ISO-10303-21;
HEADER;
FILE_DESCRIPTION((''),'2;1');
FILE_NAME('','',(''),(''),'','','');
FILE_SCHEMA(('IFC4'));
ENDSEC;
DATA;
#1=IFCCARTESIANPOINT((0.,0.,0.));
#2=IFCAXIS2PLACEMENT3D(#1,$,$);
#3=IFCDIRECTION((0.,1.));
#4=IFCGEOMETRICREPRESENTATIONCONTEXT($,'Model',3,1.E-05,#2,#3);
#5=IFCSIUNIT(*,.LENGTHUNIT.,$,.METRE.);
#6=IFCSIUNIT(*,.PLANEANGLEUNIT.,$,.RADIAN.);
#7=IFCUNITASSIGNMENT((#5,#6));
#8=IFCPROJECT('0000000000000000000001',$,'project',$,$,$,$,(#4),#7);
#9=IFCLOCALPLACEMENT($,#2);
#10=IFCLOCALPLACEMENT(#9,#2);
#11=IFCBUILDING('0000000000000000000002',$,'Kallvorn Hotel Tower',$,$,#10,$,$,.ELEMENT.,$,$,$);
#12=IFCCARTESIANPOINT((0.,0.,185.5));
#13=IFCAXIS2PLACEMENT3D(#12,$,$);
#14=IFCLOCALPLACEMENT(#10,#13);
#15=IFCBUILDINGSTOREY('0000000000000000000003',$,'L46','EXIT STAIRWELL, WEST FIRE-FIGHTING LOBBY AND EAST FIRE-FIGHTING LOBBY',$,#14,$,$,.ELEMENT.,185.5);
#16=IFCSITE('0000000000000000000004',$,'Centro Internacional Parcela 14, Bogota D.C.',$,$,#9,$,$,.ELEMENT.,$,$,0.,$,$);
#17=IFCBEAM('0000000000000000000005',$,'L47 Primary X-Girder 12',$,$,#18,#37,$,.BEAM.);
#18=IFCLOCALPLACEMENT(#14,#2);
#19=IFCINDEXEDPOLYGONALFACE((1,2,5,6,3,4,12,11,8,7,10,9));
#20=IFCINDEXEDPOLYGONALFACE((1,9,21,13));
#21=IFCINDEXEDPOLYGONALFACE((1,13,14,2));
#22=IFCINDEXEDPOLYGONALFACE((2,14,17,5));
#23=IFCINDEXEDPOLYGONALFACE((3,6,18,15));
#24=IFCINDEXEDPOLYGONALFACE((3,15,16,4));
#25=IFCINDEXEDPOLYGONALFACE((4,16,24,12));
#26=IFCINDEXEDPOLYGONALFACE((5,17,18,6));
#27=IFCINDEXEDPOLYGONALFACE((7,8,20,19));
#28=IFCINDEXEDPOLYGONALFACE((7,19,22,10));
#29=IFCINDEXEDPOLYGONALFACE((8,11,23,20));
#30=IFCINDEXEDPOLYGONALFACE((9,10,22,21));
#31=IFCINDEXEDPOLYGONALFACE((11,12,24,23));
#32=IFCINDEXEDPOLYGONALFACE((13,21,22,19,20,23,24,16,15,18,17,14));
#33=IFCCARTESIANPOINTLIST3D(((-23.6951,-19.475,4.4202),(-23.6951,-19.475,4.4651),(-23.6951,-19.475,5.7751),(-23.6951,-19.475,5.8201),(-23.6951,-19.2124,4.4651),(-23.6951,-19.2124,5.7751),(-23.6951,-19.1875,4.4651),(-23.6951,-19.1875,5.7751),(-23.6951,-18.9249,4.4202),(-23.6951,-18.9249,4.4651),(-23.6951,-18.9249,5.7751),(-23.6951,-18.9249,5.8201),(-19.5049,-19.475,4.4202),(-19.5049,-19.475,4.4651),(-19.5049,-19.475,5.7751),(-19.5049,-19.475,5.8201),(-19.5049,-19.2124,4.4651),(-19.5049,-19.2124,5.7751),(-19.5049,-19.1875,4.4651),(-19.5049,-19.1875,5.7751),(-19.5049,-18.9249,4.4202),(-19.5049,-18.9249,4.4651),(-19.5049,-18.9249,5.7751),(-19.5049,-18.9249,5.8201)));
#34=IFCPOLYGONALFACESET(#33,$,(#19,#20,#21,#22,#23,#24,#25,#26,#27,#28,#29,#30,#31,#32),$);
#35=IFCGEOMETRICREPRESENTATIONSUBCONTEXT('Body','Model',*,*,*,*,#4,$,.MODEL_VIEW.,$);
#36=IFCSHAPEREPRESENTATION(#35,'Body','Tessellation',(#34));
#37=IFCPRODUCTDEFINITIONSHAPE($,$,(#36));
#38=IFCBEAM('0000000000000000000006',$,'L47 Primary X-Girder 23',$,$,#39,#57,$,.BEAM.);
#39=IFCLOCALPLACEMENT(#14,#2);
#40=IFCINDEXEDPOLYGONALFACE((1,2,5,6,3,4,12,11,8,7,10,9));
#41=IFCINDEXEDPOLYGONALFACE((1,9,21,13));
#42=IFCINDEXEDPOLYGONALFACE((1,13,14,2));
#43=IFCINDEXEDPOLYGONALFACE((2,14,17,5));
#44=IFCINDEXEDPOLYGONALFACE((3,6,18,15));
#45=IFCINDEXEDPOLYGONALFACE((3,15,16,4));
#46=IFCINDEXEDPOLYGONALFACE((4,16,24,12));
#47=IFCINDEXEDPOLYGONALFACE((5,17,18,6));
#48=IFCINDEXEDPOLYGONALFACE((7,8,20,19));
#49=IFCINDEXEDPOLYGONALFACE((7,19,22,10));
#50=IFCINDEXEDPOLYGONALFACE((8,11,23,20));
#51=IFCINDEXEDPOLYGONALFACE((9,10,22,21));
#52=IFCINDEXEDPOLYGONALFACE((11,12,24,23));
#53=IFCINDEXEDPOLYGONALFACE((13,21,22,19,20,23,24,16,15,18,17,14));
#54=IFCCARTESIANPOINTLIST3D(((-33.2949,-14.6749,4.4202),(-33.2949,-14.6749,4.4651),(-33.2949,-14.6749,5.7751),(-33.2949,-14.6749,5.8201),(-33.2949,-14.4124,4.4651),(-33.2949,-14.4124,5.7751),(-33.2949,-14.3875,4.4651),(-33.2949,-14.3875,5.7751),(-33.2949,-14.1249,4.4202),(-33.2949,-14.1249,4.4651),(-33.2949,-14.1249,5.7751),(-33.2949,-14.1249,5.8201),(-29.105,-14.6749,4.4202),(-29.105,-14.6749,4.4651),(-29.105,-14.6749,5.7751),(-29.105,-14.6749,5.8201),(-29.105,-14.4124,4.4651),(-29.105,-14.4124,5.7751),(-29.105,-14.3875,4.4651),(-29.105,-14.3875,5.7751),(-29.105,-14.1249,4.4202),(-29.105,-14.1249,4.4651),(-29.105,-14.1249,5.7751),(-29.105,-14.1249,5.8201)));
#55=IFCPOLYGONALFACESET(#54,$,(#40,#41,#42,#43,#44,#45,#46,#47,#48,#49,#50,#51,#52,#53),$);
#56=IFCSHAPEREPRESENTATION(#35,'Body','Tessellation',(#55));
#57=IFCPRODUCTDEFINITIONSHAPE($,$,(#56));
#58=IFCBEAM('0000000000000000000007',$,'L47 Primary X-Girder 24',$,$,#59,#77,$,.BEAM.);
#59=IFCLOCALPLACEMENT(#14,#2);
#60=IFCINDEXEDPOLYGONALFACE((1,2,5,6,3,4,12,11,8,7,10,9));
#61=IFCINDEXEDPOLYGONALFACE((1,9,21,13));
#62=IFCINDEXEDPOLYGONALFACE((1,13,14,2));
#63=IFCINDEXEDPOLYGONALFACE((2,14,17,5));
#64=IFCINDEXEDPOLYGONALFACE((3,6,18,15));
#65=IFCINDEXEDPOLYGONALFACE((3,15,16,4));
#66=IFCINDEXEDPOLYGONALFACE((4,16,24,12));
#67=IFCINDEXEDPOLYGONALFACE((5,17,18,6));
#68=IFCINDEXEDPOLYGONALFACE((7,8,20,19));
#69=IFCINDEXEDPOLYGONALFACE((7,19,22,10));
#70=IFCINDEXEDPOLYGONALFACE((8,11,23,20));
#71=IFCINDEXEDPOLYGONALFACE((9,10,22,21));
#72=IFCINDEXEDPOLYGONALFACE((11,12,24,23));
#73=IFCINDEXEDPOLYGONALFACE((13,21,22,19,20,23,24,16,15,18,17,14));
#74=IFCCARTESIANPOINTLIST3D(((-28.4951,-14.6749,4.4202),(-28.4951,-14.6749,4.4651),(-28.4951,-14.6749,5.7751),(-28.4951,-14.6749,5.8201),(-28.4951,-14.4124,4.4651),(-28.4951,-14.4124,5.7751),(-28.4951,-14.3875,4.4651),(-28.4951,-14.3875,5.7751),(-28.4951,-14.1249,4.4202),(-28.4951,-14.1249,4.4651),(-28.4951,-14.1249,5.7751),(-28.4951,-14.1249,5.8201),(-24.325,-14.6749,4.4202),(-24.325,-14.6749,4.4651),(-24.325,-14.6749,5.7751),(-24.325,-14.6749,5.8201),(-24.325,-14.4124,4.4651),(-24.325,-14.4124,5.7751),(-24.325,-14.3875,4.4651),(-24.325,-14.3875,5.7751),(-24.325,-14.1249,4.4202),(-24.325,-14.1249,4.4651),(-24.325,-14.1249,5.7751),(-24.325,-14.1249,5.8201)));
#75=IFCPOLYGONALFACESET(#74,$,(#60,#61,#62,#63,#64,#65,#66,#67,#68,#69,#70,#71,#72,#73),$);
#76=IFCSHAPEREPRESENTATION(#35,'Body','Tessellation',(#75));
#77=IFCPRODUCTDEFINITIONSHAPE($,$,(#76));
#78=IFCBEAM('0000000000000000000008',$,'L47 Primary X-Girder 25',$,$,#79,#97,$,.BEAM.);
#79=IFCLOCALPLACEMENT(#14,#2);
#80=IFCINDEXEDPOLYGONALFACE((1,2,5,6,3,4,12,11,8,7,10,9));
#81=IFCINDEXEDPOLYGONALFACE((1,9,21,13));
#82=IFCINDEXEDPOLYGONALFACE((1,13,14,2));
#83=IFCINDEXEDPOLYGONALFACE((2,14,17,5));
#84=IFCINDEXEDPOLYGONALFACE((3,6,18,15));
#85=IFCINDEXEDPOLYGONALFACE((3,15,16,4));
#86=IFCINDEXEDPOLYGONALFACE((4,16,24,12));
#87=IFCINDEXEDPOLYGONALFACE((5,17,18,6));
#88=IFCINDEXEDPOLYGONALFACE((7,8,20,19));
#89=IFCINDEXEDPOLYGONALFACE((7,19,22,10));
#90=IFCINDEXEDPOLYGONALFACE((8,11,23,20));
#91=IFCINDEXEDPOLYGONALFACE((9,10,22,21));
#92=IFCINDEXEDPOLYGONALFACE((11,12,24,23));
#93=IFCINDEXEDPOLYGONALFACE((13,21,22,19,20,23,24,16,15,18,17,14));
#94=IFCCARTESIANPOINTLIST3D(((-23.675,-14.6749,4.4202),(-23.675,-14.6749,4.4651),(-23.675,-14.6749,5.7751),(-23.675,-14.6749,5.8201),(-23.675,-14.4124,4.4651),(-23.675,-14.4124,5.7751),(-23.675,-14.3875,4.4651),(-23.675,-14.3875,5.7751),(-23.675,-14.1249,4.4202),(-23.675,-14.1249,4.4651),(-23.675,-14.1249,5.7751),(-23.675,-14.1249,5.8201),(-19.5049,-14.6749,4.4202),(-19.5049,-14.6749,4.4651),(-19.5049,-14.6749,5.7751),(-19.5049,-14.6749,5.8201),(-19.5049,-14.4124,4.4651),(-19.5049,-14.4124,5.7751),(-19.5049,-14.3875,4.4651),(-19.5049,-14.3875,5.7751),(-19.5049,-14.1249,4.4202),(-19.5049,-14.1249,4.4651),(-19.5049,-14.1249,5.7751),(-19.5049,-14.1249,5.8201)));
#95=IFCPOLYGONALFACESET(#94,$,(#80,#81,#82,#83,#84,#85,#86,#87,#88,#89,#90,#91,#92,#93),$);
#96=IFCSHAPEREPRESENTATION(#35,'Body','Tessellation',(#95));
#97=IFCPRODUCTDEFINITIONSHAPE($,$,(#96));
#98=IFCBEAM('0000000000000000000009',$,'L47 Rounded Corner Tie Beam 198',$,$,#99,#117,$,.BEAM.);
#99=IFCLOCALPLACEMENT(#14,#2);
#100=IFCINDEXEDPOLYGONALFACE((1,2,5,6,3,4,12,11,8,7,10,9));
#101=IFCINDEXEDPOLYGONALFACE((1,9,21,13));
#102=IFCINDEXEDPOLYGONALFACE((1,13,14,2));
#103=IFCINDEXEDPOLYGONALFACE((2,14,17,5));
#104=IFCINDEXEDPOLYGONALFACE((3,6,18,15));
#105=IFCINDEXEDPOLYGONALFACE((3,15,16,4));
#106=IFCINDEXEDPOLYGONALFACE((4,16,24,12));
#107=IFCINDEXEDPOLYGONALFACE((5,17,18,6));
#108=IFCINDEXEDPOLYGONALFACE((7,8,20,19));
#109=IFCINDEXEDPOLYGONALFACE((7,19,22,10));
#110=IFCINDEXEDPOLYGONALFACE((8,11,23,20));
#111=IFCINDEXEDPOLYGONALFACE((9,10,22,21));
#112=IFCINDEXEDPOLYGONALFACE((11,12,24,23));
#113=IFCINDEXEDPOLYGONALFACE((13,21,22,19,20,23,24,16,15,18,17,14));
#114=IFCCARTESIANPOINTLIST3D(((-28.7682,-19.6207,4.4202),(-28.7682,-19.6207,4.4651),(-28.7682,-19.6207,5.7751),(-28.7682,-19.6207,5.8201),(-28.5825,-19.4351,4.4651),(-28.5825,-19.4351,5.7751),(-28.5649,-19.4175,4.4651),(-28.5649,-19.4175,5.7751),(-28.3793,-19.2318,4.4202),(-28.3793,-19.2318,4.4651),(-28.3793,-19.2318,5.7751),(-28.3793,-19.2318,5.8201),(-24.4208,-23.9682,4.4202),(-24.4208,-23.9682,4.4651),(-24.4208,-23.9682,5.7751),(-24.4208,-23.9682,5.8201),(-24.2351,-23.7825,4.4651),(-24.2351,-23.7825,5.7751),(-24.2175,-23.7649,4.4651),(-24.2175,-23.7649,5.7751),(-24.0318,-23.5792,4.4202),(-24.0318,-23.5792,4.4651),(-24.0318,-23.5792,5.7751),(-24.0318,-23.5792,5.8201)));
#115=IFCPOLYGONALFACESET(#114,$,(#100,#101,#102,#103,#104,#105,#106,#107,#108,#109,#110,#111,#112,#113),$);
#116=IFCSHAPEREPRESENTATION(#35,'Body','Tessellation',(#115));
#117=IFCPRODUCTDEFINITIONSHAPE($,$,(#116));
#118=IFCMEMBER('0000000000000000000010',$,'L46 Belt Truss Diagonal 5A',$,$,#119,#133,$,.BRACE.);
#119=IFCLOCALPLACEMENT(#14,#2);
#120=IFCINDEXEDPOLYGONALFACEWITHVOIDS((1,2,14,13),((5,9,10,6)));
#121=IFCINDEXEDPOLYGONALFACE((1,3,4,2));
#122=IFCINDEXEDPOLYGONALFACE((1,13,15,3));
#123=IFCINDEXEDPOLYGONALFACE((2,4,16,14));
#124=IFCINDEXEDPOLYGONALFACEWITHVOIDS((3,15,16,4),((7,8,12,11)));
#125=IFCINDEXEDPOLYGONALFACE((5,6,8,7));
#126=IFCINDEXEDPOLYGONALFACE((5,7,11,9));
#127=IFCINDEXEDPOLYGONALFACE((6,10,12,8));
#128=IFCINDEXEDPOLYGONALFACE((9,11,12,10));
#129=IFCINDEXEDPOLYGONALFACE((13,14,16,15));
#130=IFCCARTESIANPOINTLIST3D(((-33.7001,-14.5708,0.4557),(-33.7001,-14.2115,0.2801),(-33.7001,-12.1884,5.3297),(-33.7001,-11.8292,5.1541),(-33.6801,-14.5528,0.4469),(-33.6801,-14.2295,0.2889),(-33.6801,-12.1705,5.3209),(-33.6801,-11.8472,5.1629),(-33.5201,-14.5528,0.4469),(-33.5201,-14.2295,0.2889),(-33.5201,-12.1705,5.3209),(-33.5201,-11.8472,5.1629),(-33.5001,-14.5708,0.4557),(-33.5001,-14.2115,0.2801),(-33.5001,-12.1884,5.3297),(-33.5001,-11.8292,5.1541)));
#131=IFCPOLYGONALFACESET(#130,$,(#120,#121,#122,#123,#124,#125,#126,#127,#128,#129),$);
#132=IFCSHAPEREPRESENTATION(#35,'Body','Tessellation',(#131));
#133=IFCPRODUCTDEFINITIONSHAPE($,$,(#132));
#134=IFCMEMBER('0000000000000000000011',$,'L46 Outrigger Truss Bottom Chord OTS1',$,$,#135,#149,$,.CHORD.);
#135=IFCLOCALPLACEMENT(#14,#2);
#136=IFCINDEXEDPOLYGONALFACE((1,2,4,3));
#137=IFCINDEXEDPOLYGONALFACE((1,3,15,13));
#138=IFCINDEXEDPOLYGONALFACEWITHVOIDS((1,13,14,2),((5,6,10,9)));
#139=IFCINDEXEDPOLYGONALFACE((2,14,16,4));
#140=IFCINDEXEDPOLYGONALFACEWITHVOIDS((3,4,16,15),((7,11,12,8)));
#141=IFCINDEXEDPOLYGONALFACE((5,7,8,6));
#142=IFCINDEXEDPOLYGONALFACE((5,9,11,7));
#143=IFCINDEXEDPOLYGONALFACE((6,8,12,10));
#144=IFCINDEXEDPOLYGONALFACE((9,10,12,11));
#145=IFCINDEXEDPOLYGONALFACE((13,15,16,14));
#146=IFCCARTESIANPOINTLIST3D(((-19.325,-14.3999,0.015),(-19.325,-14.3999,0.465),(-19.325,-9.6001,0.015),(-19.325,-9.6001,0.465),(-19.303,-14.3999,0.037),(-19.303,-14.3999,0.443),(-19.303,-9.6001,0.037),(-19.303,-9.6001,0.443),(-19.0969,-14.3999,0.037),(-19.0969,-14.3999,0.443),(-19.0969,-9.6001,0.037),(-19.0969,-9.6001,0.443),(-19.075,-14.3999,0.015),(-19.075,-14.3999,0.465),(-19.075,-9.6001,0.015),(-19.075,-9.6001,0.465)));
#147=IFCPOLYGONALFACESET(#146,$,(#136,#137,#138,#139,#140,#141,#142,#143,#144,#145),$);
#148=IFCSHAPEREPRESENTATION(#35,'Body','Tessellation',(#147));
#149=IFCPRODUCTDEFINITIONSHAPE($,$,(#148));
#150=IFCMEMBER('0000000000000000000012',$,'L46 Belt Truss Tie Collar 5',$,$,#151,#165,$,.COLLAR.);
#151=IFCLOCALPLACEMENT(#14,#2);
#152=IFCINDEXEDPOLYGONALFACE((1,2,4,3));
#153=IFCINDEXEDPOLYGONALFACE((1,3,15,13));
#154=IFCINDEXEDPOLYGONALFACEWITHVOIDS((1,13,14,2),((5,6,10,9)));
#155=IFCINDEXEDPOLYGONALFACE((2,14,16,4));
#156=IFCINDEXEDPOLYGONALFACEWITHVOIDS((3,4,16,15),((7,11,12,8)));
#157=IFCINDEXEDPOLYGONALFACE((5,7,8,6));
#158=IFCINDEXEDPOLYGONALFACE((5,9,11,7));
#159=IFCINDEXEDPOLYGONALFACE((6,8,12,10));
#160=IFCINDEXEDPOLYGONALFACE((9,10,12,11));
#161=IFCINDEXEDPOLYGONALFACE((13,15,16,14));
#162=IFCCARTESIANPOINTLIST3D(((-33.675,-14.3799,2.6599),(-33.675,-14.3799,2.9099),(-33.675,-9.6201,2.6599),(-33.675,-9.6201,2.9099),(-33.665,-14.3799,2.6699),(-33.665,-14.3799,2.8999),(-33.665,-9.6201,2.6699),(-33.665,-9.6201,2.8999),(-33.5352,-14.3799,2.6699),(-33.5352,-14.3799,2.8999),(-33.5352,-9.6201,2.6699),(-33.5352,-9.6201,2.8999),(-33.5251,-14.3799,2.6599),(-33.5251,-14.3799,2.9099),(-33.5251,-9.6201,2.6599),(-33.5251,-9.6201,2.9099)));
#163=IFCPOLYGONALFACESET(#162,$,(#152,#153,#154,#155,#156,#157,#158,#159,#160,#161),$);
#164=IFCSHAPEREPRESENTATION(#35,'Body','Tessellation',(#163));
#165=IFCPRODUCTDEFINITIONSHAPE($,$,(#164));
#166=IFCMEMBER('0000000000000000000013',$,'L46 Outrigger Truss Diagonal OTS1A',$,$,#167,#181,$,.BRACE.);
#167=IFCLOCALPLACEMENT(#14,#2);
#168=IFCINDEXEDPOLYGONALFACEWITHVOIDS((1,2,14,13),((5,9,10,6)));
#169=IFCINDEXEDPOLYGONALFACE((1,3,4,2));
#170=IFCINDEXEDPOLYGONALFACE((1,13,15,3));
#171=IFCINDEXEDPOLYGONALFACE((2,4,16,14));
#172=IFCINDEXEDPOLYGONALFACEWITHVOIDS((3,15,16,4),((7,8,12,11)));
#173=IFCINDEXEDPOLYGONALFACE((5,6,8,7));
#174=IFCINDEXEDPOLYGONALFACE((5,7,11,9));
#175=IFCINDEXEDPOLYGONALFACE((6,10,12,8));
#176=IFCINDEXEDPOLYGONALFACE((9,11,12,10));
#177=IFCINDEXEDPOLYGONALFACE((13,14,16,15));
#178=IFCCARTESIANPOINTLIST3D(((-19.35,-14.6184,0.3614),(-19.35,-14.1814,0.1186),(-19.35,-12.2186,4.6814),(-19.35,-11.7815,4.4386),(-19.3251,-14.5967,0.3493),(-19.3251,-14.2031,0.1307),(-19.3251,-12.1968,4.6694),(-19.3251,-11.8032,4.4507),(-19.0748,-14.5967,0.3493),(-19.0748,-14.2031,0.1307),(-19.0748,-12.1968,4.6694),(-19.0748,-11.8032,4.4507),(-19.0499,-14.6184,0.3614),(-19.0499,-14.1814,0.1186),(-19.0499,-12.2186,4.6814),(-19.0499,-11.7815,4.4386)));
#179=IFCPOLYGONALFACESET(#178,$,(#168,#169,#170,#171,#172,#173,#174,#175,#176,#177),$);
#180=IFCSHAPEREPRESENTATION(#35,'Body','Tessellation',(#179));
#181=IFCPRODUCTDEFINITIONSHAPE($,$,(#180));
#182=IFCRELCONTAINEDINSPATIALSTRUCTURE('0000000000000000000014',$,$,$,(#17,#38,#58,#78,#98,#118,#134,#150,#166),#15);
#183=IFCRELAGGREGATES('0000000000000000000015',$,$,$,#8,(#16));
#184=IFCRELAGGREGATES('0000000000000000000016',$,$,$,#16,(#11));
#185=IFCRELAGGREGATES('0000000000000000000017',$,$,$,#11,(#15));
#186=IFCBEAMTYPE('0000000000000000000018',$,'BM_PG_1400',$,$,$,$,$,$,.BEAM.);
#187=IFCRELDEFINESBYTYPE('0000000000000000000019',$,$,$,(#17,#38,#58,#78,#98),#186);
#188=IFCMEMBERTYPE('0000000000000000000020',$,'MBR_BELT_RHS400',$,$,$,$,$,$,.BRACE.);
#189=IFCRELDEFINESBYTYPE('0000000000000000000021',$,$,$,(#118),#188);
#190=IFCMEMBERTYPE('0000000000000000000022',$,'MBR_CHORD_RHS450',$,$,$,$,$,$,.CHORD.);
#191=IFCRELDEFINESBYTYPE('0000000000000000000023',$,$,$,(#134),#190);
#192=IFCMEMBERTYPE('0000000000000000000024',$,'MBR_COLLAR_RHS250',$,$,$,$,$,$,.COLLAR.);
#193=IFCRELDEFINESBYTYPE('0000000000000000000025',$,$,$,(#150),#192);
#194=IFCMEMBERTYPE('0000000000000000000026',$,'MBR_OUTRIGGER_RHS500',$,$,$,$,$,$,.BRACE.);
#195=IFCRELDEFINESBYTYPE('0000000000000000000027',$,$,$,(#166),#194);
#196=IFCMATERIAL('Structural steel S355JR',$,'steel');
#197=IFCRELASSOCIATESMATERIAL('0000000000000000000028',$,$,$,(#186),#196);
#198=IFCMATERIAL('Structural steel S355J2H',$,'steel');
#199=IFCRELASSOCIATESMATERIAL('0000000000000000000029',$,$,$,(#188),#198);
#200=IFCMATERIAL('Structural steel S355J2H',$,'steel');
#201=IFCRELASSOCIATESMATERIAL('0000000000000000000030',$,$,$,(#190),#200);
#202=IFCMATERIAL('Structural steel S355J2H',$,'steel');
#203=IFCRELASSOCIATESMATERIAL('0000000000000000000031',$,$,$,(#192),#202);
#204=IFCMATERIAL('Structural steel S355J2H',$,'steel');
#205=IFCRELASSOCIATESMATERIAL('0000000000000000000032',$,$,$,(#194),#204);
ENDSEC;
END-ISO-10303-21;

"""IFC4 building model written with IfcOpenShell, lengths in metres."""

from ifc_helpers import new_model, si_unit, direction, frame, origin, origin_2d, place, context, subcontext, project, spatial, hollow_rectangle, i_section, extrude, material, material_profile, profile_set, type_object, element, save


model = new_model("IFC4")

# Units and contexts
model_context = context("Model", 3, precision=1e-05, world=origin(), true_north=direction((0.0, 1.0)))
body_context = subcontext(model_context, "Body", "Model", "MODEL_VIEW")
ifc_project = project(units=[si_unit("LENGTHUNIT", "METRE"), si_unit("PLANEANGLEUNIT", "RADIAN")], contexts=[model_context])

# Site, building, storey
site_placement = place(None, origin())
site = spatial("IfcSite", under=ifc_project, at=site_placement, Name="Centro Internacional Parcela 14, Bogota D.C.", CompositionType="ELEMENT", RefElevation=0.0)
building_placement = place(site_placement, origin())
building = spatial("IfcBuilding", under=site, at=building_placement, Name="Kallvorn Hotel Tower", CompositionType="ELEMENT")
storey_placement = place(building_placement, frame((0.0, 0.0, 185.5)))
storey = spatial("IfcBuildingStorey", under=building, at=storey_placement, Name="L46", Description="EXIT STAIRWELL, WEST FIRE-FIGHTING LOBBY AND EAST FIRE-FIGHTING LOBBY", CompositionType="ELEMENT", Elevation=185.5)

# Beams
ifc_material_1 = material(Name="Structural steel S355JR", Category="steel")
ifc_material_profile_1 = material_profile(ifc_material_1, i_section(OverallWidth=0.55, OverallDepth=1.3999, WebThickness=0.0249, FlangeThickness=0.0449, at=origin_2d()), Name="PG 1400x550x25x45")
ifc_profile_set_1 = profile_set([ifc_material_profile_1], Name="Structural steel S355JR")
beam_type_1 = type_object("IfcBeamType", Name="BM_PG_1400", PredefinedType="BEAM", material=ifc_profile_set_1)
beam_1_placement = place(storey_placement, frame((-23.6951, -19.2, 5.1201), z_axis=(1.0, 0.0, 0.0), x_axis=(0.0, 1.0, 0.0)))
element("IfcBeam", 1, at=beam_1_placement, inside=storey, type_object=beam_type_1, Name="L47 Primary X-Girder 12", PredefinedType="BEAM", context=body_context, shape_type="SweptSolid", body=[
    extrude(i_section(OverallWidth=0.55, OverallDepth=1.3999, WebThickness=0.0249, FlangeThickness=0.0449, at=origin_2d()), origin(), (0.0, 0.0, 1.0), 4.1902),
])
beam_2_placement = place(storey_placement, frame((-33.2949, -14.3999, 5.1201), z_axis=(1.0, 0.0, 0.0), x_axis=(0.0, 1.0, 0.0)))
element("IfcBeam", 2, at=beam_2_placement, inside=storey, type_object=beam_type_1, Name="L47 Primary X-Girder 23", PredefinedType="BEAM", context=body_context, shape_type="SweptSolid", body=[
    extrude(i_section(OverallWidth=0.55, OverallDepth=1.3999, WebThickness=0.0249, FlangeThickness=0.0449, at=origin_2d()), origin(), (0.0, 0.0, 1.0), 4.1899),
])
for number, where, z_axis, x_axis, name in (
    (3, (-28.4951, -14.3999, 5.1201), (1.0, 0.0, 0.0), (0.0, 1.0, 0.0), "L47 Primary X-Girder 24"),
    (4, (-23.675, -14.3999, 5.1201), (1.0, 0.0, 0.0), (0.0, 1.0, 0.0), "L47 Primary X-Girder 25"),
):
    element("IfcBeam", number, at=place(storey_placement, frame(where, z_axis=z_axis, x_axis=x_axis)), inside=storey, type_object=beam_type_1, Name=name, PredefinedType="BEAM", context=body_context, shape_type="SweptSolid", body=[
        extrude(i_section(OverallWidth=0.55, OverallDepth=1.3999, WebThickness=0.0249, FlangeThickness=0.0449, at=origin_2d()), origin(), (0.0, 0.0, 1.0), 4.1702),
    ])
beam_3_placement = place(storey_placement, frame((-28.5737, -19.4263, 5.1201), z_axis=(0.707107, -0.707107, 0.0), x_axis=(0.707107, 0.707107, 0.0)))
element("IfcBeam", 5, at=beam_3_placement, inside=storey, type_object=beam_type_1, Name="L47 Rounded Corner Tie Beam 198", PredefinedType="BEAM", context=body_context, shape_type="SweptSolid", body=[
    extrude(i_section(OverallWidth=0.55, OverallDepth=1.3999, WebThickness=0.0249, FlangeThickness=0.0449, at=origin_2d()), origin(), (0.0, 0.0, 1.0), 6.1482),
])

# Members
ifc_material_2 = material(Name="Structural steel S355J2H", Category="steel")
ifc_material_profile_2 = material_profile(ifc_material_2, hollow_rectangle(XDim=0.2, YDim=0.3999, WallThickness=0.02, at=origin_2d()), Name="RHS 400x200x20")
ifc_profile_set_2 = profile_set([ifc_material_profile_2], Name="Structural steel S355J2H")
member_type_1 = type_object("IfcMemberType", Name="MBR_BELT_RHS400", PredefinedType="BRACE", material=ifc_profile_set_2)
member_1_placement = place(storey_placement, frame((-33.6001, -14.3911, 0.3679), z_axis=(0.0, 0.439131, 0.898423), x_axis=(-1.0, 0.0, 0.0)))
element("IfcMember", 6, at=member_1_placement, inside=storey, type_object=member_type_1, Name="L46 Belt Truss Diagonal 5A", PredefinedType="BRACE", context=body_context, shape_type="SweptSolid", body=[
    extrude(hollow_rectangle(XDim=0.2, YDim=0.3999, WallThickness=0.02, at=origin_2d()), origin(), (0.0, 0.0, 1.0), 5.425),
])
ifc_material_3 = material(Name="Structural steel S355J2H", Category="steel")
ifc_material_profile_3 = material_profile(ifc_material_3, hollow_rectangle(XDim=0.25, YDim=0.45, WallThickness=0.022, at=origin_2d()), Name="RHS 450x250x22")
ifc_profile_set_3 = profile_set([ifc_material_profile_3], Name="Structural steel S355J2H")
member_type_2 = type_object("IfcMemberType", Name="MBR_CHORD_RHS450", PredefinedType="CHORD", material=ifc_profile_set_3)
member_2_placement = place(storey_placement, frame((-19.2, -14.3999, 0.24), z_axis=(0.0, 1.0, 0.0), x_axis=(-1.0, 0.0, 0.0)))
element("IfcMember", 7, at=member_2_placement, inside=storey, type_object=member_type_2, Name="L46 Outrigger Truss Bottom Chord OTS1", PredefinedType="CHORD", context=body_context, shape_type="SweptSolid", body=[
    extrude(hollow_rectangle(XDim=0.25, YDim=0.45, WallThickness=0.022, at=origin_2d()), origin(), (0.0, 0.0, 1.0), 4.7998),
])
ifc_material_4 = material(Name="Structural steel S355J2H", Category="steel")
ifc_material_profile_4 = material_profile(ifc_material_4, hollow_rectangle(XDim=0.1499, YDim=0.25, WallThickness=0.01, at=origin_2d()), Name="RHS 250x150x10")
ifc_profile_set_4 = profile_set([ifc_material_profile_4], Name="Structural steel S355J2H")
member_type_3 = type_object("IfcMemberType", Name="MBR_COLLAR_RHS250", PredefinedType="COLLAR", material=ifc_profile_set_4)
member_3_placement = place(storey_placement, frame((-33.6001, -14.3799, 2.7849), z_axis=(0.0, 1.0, 0.0), x_axis=(-1.0, 0.0, 0.0)))
element("IfcMember", 8, at=member_3_placement, inside=storey, type_object=member_type_3, Name="L46 Belt Truss Tie Collar 5", PredefinedType="COLLAR", context=body_context, shape_type="SweptSolid", body=[
    extrude(hollow_rectangle(XDim=0.1499, YDim=0.25, WallThickness=0.01, at=origin_2d()), origin(), (0.0, 0.0, 1.0), 4.7598),
])
ifc_material_5 = material(Name="Structural steel S355J2H", Category="steel")
ifc_material_profile_5 = material_profile(ifc_material_5, hollow_rectangle(XDim=0.3, YDim=0.5, WallThickness=0.0249, at=origin_2d()), Name="RHS 500x300x25")
ifc_profile_set_5 = profile_set([ifc_material_profile_5], Name="Structural steel S355J2H")
member_type_4 = type_object("IfcMemberType", Name="MBR_OUTRIGGER_RHS500", PredefinedType="BRACE", material=ifc_profile_set_5)
member_4_placement = place(storey_placement, frame((-19.2, -14.3999, 0.24), z_axis=(0.0, 0.485622, 0.874169), x_axis=(-1.0, 0.0, 0.0)))
element("IfcMember", 9, at=member_4_placement, inside=storey, type_object=member_type_4, Name="L46 Outrigger Truss Diagonal OTS1A", PredefinedType="BRACE", context=body_context, shape_type="SweptSolid", body=[
    extrude(hollow_rectangle(XDim=0.3, YDim=0.5, WallThickness=0.0249, at=origin_2d()), origin(), (0.0, 0.0, 1.0), 4.9419),
])

save(model, "model.ifc")
